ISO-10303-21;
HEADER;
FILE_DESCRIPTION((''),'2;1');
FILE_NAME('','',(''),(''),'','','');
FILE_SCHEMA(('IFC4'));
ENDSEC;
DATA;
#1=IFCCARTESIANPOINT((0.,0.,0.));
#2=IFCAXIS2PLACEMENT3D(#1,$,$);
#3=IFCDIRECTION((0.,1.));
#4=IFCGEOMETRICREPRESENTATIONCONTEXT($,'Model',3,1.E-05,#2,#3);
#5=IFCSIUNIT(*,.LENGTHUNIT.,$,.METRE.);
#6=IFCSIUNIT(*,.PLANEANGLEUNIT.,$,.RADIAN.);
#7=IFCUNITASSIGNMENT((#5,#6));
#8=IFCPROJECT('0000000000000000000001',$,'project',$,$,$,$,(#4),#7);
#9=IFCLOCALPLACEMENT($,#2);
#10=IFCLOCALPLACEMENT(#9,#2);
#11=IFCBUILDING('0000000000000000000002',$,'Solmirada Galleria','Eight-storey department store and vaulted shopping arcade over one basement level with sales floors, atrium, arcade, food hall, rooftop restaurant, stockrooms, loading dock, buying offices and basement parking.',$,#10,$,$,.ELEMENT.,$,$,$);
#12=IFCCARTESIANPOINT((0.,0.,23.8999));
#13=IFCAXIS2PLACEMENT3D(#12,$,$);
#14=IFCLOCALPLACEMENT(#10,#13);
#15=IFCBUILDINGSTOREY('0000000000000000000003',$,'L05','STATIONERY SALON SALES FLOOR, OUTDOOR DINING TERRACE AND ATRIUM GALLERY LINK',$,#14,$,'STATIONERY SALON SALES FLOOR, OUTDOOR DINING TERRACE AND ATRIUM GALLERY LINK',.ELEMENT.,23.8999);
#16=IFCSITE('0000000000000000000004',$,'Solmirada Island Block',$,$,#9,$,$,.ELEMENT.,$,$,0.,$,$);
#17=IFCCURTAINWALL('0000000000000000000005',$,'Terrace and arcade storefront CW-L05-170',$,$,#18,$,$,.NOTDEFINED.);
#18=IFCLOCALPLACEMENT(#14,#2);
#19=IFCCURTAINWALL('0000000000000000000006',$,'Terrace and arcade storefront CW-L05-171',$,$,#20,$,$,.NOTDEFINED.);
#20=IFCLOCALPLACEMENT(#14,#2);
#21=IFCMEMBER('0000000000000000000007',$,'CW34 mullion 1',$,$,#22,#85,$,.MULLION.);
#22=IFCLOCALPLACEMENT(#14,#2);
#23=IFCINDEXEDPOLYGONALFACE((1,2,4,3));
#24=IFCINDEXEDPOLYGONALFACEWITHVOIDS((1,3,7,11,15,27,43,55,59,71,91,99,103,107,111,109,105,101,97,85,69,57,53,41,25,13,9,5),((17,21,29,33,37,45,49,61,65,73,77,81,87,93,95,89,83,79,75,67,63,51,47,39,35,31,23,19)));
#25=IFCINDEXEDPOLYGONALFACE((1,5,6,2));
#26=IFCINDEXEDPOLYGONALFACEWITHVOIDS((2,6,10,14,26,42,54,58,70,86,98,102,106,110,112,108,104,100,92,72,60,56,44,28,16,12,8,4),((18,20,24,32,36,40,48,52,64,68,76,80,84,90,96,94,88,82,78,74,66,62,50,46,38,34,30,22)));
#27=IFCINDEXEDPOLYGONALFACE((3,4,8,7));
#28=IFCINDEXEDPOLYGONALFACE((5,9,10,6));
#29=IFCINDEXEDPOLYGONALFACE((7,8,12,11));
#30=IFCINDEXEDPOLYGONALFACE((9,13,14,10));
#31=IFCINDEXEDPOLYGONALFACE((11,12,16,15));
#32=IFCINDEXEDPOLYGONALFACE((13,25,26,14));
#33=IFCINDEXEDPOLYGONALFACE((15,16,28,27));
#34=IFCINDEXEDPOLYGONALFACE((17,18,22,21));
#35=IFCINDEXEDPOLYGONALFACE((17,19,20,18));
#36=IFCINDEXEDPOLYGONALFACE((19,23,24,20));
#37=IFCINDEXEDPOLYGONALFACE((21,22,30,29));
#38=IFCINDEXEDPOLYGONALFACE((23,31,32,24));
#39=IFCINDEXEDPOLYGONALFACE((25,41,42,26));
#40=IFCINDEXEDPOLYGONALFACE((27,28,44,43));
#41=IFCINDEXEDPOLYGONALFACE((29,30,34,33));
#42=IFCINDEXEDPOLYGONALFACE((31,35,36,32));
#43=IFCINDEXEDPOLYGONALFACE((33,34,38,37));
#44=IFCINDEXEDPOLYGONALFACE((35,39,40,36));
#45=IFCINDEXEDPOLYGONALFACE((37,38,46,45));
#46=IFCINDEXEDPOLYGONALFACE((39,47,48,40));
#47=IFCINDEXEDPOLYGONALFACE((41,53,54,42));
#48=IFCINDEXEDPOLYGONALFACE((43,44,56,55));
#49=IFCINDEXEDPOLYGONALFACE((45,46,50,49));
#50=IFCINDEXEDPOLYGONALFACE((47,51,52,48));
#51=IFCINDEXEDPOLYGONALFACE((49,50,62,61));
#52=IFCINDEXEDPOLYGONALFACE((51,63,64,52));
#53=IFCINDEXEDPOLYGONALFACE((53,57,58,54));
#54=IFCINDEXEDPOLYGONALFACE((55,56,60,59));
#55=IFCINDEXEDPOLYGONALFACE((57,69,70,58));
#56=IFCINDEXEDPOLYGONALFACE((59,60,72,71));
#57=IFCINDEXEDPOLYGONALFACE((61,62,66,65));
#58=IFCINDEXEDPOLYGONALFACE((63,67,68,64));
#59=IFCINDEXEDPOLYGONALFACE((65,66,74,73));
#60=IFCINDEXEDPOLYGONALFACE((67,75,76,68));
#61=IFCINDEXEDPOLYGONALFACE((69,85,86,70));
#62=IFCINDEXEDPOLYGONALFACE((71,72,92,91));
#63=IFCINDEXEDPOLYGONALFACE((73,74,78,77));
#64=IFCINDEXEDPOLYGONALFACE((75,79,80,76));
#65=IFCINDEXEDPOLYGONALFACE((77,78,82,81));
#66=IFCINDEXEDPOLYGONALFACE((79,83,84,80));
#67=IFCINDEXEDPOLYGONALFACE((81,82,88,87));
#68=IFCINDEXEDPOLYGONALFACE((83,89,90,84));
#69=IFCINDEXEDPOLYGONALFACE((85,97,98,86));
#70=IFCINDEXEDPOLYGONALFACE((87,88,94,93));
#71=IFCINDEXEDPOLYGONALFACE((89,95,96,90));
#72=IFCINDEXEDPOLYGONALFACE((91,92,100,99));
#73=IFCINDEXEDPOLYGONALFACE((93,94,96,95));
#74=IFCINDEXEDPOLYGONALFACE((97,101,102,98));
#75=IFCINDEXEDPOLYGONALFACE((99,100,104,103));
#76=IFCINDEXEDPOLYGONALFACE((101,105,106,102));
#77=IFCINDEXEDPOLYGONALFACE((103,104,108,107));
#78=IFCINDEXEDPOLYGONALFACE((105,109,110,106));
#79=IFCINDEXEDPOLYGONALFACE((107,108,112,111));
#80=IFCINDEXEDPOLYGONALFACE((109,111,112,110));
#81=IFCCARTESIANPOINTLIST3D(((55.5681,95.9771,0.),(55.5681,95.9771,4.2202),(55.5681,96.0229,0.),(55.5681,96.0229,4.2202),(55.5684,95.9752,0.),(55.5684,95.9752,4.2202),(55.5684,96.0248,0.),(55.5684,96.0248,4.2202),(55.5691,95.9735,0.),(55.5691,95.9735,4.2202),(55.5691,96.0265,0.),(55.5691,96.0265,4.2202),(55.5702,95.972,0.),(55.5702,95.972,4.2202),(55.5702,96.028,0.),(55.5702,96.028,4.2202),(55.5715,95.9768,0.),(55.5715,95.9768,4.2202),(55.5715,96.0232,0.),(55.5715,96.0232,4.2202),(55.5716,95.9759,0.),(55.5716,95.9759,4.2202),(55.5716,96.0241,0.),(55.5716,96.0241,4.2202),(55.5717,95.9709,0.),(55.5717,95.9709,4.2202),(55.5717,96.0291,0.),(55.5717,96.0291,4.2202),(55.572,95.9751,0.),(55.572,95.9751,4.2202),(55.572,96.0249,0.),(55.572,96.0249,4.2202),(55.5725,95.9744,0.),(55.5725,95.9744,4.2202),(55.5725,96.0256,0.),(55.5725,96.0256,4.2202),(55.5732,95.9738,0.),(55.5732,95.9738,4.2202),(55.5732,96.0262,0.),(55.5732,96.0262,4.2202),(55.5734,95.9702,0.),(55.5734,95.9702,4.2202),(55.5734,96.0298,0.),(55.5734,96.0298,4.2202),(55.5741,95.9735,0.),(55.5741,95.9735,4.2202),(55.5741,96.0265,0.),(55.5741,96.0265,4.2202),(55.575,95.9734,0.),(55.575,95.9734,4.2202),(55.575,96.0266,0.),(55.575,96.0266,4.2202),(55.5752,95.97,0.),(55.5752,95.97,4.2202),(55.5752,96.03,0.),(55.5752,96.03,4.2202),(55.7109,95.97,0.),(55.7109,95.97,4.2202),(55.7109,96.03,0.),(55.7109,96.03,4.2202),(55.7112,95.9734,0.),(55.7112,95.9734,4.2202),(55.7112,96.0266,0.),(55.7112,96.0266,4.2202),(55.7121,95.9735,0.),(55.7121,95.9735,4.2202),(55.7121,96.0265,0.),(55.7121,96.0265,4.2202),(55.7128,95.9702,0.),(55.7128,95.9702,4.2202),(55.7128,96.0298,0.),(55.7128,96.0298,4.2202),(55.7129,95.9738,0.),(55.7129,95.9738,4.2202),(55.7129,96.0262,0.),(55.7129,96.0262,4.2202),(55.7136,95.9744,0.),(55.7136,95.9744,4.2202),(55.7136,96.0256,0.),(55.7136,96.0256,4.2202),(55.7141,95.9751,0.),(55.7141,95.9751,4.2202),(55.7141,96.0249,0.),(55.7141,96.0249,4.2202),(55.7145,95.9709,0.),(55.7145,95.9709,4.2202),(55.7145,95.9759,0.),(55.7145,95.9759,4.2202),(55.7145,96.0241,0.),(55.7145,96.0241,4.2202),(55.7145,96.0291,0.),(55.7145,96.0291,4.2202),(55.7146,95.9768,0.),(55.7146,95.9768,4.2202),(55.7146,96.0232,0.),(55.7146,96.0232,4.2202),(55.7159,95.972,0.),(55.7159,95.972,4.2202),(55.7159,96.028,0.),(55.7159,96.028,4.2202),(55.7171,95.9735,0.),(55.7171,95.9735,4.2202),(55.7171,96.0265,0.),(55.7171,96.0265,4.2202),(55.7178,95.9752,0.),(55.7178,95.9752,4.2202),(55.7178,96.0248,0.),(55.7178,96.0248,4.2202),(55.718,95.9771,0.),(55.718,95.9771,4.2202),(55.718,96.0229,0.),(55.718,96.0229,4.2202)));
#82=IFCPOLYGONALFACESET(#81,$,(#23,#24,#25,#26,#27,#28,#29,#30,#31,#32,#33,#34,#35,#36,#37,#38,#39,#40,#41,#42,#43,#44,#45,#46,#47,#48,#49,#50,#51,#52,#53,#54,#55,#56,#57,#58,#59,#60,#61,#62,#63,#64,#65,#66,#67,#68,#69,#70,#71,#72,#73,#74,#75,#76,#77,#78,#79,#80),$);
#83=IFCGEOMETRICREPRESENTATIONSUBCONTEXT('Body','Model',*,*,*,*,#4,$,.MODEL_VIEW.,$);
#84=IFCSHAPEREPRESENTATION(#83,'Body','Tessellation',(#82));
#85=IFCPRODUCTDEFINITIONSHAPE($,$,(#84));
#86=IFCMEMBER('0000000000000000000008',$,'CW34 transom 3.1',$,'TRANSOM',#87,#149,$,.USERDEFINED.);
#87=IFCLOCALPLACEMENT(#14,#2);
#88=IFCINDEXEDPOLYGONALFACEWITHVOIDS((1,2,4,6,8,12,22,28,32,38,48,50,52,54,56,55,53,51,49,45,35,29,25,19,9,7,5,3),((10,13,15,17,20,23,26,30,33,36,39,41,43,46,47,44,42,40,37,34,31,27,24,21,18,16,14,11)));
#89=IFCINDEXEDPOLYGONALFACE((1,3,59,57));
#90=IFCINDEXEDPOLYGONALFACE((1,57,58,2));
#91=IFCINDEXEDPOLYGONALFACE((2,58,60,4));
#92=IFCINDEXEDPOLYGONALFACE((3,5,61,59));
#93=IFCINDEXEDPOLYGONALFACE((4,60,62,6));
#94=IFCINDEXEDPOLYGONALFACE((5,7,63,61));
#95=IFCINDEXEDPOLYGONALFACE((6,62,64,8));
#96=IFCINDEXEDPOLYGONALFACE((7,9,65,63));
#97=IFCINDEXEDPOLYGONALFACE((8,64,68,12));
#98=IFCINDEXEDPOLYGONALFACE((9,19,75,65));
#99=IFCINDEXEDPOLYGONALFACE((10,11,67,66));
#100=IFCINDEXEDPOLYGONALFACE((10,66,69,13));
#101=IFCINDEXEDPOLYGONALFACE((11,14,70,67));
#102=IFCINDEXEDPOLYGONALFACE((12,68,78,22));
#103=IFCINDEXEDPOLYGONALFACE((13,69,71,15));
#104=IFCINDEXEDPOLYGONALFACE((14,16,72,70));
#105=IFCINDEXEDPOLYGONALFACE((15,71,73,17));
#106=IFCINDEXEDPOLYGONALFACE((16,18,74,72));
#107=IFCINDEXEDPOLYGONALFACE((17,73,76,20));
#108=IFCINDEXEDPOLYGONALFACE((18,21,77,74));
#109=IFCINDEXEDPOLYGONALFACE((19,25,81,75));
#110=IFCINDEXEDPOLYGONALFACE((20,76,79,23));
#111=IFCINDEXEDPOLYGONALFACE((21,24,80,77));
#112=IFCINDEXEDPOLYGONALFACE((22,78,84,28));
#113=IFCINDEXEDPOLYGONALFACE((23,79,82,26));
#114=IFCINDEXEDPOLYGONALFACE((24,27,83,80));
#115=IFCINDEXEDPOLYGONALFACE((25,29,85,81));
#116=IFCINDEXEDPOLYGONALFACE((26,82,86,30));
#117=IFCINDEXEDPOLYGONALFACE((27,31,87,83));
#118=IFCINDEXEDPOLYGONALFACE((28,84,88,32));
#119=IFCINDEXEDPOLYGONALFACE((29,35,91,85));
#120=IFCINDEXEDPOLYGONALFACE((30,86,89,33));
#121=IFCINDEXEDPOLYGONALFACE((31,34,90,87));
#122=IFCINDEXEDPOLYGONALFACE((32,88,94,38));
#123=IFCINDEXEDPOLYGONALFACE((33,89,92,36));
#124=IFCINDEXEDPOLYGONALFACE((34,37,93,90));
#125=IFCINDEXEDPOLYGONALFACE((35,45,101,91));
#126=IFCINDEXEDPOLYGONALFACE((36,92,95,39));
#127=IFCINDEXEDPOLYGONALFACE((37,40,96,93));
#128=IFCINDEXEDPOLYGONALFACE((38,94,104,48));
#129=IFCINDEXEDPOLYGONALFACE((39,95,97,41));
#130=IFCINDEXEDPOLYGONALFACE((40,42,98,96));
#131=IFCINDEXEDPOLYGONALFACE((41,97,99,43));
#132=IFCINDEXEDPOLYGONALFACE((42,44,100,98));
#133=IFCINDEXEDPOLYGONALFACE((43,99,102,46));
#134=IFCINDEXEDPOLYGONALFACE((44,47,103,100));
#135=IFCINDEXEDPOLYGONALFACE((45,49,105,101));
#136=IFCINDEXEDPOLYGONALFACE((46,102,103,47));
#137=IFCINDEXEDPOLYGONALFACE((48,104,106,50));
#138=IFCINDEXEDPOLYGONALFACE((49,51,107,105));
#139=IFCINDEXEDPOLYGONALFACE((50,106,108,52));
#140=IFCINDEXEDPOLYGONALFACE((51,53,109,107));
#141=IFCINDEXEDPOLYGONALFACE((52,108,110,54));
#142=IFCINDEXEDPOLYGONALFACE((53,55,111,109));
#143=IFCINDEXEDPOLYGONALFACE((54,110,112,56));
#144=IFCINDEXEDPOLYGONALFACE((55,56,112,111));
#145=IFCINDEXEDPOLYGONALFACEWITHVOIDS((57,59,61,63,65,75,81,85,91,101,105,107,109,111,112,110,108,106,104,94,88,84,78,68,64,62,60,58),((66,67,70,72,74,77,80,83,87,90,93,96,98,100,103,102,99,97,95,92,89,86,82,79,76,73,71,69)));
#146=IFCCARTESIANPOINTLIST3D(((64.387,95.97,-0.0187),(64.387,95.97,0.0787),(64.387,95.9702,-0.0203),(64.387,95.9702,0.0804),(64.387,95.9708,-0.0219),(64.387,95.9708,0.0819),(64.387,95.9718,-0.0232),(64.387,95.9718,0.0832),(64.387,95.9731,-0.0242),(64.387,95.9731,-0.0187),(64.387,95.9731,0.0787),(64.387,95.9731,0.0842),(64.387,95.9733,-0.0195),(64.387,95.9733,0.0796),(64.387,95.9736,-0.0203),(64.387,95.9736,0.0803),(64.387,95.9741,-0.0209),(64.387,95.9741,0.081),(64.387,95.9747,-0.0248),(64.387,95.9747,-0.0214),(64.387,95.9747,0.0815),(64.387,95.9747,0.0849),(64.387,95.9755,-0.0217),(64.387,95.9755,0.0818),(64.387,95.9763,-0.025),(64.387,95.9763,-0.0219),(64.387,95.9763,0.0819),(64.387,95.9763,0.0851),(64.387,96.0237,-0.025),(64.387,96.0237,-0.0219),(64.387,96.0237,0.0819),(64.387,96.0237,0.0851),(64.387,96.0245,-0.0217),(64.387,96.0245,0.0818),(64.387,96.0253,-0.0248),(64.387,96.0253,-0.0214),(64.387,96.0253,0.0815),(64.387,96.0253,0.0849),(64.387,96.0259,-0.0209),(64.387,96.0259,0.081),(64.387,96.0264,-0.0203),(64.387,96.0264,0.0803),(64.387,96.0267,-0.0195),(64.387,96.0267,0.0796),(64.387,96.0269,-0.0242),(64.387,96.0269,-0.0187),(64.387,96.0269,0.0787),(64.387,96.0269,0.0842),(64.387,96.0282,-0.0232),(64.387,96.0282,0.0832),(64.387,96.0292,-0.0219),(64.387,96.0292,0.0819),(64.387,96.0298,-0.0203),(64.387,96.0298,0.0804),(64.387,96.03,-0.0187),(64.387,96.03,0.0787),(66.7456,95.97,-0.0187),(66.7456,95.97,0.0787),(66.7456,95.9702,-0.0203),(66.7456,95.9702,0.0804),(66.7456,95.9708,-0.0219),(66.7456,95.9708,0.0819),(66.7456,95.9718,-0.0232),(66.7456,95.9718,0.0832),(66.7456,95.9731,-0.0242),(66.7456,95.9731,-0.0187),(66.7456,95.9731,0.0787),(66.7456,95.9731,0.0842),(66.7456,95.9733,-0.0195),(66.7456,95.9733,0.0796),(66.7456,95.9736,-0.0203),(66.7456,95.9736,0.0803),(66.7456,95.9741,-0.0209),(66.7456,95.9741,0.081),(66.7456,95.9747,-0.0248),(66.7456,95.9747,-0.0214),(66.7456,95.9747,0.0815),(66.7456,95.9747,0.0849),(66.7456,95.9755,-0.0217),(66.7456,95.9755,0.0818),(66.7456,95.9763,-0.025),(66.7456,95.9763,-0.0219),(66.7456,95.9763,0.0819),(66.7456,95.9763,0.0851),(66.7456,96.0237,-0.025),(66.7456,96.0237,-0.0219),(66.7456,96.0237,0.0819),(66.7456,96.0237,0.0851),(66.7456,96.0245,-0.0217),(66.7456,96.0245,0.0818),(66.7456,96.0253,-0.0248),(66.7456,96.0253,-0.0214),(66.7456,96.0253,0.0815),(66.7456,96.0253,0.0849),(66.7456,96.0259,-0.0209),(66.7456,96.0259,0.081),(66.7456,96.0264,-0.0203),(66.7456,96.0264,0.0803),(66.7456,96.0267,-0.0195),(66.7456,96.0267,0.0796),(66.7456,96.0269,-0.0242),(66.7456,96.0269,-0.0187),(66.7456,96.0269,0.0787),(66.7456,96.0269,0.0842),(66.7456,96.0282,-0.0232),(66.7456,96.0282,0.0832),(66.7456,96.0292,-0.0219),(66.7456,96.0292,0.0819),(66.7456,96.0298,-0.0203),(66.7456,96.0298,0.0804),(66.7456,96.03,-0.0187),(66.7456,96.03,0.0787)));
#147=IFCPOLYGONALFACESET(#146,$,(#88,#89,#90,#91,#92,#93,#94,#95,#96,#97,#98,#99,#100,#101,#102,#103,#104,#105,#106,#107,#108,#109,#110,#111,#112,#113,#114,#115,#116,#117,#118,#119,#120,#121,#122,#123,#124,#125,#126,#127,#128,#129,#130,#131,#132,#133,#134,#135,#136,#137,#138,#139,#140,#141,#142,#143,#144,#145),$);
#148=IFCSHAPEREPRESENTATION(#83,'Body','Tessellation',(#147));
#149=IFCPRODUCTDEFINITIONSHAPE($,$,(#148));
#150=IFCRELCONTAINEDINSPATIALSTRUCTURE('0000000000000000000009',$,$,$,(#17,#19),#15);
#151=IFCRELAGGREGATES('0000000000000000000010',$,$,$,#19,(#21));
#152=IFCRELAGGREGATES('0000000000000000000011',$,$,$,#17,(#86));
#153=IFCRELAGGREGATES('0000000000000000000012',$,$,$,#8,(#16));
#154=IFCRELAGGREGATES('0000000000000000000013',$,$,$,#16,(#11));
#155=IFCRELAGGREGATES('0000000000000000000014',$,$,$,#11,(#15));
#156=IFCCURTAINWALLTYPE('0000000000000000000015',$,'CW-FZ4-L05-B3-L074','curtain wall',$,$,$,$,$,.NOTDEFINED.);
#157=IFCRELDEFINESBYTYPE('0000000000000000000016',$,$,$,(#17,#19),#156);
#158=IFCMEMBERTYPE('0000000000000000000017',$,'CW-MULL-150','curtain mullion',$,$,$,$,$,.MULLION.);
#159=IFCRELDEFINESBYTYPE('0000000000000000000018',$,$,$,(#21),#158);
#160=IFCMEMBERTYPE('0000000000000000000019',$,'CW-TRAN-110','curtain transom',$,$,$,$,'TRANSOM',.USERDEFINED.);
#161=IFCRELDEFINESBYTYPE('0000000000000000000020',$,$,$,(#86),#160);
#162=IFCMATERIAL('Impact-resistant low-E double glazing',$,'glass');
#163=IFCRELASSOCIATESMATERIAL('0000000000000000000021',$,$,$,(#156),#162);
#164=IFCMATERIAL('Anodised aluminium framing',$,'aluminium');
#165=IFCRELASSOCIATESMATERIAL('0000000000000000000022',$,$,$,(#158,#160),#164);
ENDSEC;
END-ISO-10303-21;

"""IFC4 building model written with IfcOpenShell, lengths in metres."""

from ifc_helpers import new_model, si_unit, direction, frame, origin, origin_2d, place, context, subcontext, project, spatial, hollow_rectangle, extrude, material, material_profile, profile_set, type_object, element, aggregate, save


model = new_model("IFC4")

# Units and contexts
model_context = context("Model", 3, precision=1e-05, world=origin(), true_north=direction((0.0, 1.0)))
body_context = subcontext(model_context, "Body", "Model", "MODEL_VIEW")
ifc_project = project(units=[si_unit("LENGTHUNIT", "METRE"), si_unit("PLANEANGLEUNIT", "RADIAN")], contexts=[model_context])

# Site, building, storey
site_placement = place(None, origin())
site = spatial("IfcSite", under=ifc_project, at=site_placement, Name="Solmirada Island Block", CompositionType="ELEMENT", RefElevation=0.0)
building_placement = place(site_placement, origin())
building = spatial("IfcBuilding", under=site, at=building_placement, Name="Solmirada Galleria", Description="Eight-storey department store and vaulted shopping arcade over one basement level with sales floors, atrium, arcade, food hall, rooftop restaurant, stockrooms, loading dock, buying offices and basement parking.", CompositionType="ELEMENT")
storey_placement = place(building_placement, frame((0.0, 0.0, 23.8999)))
storey = spatial("IfcBuildingStorey", under=building, at=storey_placement, Name="L05", Description="STATIONERY SALON SALES FLOOR, OUTDOOR DINING TERRACE AND ATRIUM GALLERY LINK", LongName="STATIONERY SALON SALES FLOOR, OUTDOOR DINING TERRACE AND ATRIUM GALLERY LINK", CompositionType="ELEMENT", Elevation=23.8999)

# Curtain wall
ifc_material_1 = material(Name="Impact-resistant low-E double glazing", Category="glass")
curtain_wall_type = type_object("IfcCurtainWallType", Name="CW-FZ4-L05-B3-L074", Description="curtain wall", PredefinedType="NOTDEFINED", material=ifc_material_1)
curtain_wall_1_placement = place(storey_placement, origin())
curtain_wall_1 = element("IfcCurtainWall", 1, at=curtain_wall_1_placement, inside=storey, type_object=curtain_wall_type, Name="Terrace and arcade storefront CW-L05-170", PredefinedType="NOTDEFINED")
ifc_material_2 = material(Name="Anodised aluminium framing", Category="aluminium")
ifc_material_profile_1 = material_profile(ifc_material_2, hollow_rectangle(XDim=0.0601, YDim=0.1499, WallThickness=0.0034, InnerFilletRadius=0.0034, OuterFilletRadius=0.0071, at=origin_2d()), Name="ALU-MULL-150X60")
ifc_profile_set_1 = profile_set([ifc_material_profile_1], Name="Anodised aluminium framing")
member_type_1 = type_object("IfcMemberType", Name="CW-MULL-150", Description="curtain mullion", PredefinedType="MULLION", material=ifc_profile_set_1)

# Curtain wall, member
curtain_wall_2_placement = place(storey_placement, origin())
curtain_wall_2 = element("IfcCurtainWall", 2, at=curtain_wall_2_placement, inside=storey, type_object=curtain_wall_type, Name="Terrace and arcade storefront CW-L05-171", PredefinedType="NOTDEFINED")
member_1_placement = place(storey_placement, frame((55.6431, 96.0, 0.0), z_axis=(0.0, 0.0, 1.0), x_axis=(0.0, -1.0, 0.0)))
member_1 = element("IfcMember", 3, at=member_1_placement, type_object=member_type_1, Name="CW34 mullion 1", PredefinedType="MULLION", context=body_context, shape_type="SweptSolid", body=[
    extrude(hollow_rectangle(XDim=0.0601, YDim=0.1499, WallThickness=0.0034, InnerFilletRadius=0.0034, OuterFilletRadius=0.0071, at=origin_2d()), origin(), (0.0, 0.0, 1.0), 4.2202),
])
aggregate(curtain_wall_2, [member_1])

# Member
ifc_material_profile_2 = material_profile(ifc_material_2, hollow_rectangle(XDim=0.0601, YDim=0.1101, WallThickness=0.0032, InnerFilletRadius=0.0032, OuterFilletRadius=0.0063, at=origin_2d()), Name="ALU-TRAN-110X60")
ifc_profile_set_2 = profile_set([ifc_material_profile_2], Name="Anodised aluminium framing")
member_type_2 = type_object("IfcMemberType", Name="CW-TRAN-110", Description="curtain transom", ElementType="TRANSOM", PredefinedType="USERDEFINED", material=ifc_profile_set_2)
member_2_placement = place(storey_placement, frame((66.7456, 96.0, 0.03), z_axis=(-1.0, 0.0, 0.0), x_axis=(0.0, -1.0, 0.0)))
member_2 = element("IfcMember", 4, at=member_2_placement, type_object=member_type_2, Name="CW34 transom 3.1", ObjectType="TRANSOM", PredefinedType="USERDEFINED", context=body_context, shape_type="SweptSolid", body=[
    extrude(hollow_rectangle(XDim=0.0601, YDim=0.1101, WallThickness=0.0032, InnerFilletRadius=0.0032, OuterFilletRadius=0.0063, at=origin_2d()), origin(), (0.0, 0.0, 1.0), 2.3586),
])

aggregate(curtain_wall_1, [member_2])

save(model, "model.ifc")
